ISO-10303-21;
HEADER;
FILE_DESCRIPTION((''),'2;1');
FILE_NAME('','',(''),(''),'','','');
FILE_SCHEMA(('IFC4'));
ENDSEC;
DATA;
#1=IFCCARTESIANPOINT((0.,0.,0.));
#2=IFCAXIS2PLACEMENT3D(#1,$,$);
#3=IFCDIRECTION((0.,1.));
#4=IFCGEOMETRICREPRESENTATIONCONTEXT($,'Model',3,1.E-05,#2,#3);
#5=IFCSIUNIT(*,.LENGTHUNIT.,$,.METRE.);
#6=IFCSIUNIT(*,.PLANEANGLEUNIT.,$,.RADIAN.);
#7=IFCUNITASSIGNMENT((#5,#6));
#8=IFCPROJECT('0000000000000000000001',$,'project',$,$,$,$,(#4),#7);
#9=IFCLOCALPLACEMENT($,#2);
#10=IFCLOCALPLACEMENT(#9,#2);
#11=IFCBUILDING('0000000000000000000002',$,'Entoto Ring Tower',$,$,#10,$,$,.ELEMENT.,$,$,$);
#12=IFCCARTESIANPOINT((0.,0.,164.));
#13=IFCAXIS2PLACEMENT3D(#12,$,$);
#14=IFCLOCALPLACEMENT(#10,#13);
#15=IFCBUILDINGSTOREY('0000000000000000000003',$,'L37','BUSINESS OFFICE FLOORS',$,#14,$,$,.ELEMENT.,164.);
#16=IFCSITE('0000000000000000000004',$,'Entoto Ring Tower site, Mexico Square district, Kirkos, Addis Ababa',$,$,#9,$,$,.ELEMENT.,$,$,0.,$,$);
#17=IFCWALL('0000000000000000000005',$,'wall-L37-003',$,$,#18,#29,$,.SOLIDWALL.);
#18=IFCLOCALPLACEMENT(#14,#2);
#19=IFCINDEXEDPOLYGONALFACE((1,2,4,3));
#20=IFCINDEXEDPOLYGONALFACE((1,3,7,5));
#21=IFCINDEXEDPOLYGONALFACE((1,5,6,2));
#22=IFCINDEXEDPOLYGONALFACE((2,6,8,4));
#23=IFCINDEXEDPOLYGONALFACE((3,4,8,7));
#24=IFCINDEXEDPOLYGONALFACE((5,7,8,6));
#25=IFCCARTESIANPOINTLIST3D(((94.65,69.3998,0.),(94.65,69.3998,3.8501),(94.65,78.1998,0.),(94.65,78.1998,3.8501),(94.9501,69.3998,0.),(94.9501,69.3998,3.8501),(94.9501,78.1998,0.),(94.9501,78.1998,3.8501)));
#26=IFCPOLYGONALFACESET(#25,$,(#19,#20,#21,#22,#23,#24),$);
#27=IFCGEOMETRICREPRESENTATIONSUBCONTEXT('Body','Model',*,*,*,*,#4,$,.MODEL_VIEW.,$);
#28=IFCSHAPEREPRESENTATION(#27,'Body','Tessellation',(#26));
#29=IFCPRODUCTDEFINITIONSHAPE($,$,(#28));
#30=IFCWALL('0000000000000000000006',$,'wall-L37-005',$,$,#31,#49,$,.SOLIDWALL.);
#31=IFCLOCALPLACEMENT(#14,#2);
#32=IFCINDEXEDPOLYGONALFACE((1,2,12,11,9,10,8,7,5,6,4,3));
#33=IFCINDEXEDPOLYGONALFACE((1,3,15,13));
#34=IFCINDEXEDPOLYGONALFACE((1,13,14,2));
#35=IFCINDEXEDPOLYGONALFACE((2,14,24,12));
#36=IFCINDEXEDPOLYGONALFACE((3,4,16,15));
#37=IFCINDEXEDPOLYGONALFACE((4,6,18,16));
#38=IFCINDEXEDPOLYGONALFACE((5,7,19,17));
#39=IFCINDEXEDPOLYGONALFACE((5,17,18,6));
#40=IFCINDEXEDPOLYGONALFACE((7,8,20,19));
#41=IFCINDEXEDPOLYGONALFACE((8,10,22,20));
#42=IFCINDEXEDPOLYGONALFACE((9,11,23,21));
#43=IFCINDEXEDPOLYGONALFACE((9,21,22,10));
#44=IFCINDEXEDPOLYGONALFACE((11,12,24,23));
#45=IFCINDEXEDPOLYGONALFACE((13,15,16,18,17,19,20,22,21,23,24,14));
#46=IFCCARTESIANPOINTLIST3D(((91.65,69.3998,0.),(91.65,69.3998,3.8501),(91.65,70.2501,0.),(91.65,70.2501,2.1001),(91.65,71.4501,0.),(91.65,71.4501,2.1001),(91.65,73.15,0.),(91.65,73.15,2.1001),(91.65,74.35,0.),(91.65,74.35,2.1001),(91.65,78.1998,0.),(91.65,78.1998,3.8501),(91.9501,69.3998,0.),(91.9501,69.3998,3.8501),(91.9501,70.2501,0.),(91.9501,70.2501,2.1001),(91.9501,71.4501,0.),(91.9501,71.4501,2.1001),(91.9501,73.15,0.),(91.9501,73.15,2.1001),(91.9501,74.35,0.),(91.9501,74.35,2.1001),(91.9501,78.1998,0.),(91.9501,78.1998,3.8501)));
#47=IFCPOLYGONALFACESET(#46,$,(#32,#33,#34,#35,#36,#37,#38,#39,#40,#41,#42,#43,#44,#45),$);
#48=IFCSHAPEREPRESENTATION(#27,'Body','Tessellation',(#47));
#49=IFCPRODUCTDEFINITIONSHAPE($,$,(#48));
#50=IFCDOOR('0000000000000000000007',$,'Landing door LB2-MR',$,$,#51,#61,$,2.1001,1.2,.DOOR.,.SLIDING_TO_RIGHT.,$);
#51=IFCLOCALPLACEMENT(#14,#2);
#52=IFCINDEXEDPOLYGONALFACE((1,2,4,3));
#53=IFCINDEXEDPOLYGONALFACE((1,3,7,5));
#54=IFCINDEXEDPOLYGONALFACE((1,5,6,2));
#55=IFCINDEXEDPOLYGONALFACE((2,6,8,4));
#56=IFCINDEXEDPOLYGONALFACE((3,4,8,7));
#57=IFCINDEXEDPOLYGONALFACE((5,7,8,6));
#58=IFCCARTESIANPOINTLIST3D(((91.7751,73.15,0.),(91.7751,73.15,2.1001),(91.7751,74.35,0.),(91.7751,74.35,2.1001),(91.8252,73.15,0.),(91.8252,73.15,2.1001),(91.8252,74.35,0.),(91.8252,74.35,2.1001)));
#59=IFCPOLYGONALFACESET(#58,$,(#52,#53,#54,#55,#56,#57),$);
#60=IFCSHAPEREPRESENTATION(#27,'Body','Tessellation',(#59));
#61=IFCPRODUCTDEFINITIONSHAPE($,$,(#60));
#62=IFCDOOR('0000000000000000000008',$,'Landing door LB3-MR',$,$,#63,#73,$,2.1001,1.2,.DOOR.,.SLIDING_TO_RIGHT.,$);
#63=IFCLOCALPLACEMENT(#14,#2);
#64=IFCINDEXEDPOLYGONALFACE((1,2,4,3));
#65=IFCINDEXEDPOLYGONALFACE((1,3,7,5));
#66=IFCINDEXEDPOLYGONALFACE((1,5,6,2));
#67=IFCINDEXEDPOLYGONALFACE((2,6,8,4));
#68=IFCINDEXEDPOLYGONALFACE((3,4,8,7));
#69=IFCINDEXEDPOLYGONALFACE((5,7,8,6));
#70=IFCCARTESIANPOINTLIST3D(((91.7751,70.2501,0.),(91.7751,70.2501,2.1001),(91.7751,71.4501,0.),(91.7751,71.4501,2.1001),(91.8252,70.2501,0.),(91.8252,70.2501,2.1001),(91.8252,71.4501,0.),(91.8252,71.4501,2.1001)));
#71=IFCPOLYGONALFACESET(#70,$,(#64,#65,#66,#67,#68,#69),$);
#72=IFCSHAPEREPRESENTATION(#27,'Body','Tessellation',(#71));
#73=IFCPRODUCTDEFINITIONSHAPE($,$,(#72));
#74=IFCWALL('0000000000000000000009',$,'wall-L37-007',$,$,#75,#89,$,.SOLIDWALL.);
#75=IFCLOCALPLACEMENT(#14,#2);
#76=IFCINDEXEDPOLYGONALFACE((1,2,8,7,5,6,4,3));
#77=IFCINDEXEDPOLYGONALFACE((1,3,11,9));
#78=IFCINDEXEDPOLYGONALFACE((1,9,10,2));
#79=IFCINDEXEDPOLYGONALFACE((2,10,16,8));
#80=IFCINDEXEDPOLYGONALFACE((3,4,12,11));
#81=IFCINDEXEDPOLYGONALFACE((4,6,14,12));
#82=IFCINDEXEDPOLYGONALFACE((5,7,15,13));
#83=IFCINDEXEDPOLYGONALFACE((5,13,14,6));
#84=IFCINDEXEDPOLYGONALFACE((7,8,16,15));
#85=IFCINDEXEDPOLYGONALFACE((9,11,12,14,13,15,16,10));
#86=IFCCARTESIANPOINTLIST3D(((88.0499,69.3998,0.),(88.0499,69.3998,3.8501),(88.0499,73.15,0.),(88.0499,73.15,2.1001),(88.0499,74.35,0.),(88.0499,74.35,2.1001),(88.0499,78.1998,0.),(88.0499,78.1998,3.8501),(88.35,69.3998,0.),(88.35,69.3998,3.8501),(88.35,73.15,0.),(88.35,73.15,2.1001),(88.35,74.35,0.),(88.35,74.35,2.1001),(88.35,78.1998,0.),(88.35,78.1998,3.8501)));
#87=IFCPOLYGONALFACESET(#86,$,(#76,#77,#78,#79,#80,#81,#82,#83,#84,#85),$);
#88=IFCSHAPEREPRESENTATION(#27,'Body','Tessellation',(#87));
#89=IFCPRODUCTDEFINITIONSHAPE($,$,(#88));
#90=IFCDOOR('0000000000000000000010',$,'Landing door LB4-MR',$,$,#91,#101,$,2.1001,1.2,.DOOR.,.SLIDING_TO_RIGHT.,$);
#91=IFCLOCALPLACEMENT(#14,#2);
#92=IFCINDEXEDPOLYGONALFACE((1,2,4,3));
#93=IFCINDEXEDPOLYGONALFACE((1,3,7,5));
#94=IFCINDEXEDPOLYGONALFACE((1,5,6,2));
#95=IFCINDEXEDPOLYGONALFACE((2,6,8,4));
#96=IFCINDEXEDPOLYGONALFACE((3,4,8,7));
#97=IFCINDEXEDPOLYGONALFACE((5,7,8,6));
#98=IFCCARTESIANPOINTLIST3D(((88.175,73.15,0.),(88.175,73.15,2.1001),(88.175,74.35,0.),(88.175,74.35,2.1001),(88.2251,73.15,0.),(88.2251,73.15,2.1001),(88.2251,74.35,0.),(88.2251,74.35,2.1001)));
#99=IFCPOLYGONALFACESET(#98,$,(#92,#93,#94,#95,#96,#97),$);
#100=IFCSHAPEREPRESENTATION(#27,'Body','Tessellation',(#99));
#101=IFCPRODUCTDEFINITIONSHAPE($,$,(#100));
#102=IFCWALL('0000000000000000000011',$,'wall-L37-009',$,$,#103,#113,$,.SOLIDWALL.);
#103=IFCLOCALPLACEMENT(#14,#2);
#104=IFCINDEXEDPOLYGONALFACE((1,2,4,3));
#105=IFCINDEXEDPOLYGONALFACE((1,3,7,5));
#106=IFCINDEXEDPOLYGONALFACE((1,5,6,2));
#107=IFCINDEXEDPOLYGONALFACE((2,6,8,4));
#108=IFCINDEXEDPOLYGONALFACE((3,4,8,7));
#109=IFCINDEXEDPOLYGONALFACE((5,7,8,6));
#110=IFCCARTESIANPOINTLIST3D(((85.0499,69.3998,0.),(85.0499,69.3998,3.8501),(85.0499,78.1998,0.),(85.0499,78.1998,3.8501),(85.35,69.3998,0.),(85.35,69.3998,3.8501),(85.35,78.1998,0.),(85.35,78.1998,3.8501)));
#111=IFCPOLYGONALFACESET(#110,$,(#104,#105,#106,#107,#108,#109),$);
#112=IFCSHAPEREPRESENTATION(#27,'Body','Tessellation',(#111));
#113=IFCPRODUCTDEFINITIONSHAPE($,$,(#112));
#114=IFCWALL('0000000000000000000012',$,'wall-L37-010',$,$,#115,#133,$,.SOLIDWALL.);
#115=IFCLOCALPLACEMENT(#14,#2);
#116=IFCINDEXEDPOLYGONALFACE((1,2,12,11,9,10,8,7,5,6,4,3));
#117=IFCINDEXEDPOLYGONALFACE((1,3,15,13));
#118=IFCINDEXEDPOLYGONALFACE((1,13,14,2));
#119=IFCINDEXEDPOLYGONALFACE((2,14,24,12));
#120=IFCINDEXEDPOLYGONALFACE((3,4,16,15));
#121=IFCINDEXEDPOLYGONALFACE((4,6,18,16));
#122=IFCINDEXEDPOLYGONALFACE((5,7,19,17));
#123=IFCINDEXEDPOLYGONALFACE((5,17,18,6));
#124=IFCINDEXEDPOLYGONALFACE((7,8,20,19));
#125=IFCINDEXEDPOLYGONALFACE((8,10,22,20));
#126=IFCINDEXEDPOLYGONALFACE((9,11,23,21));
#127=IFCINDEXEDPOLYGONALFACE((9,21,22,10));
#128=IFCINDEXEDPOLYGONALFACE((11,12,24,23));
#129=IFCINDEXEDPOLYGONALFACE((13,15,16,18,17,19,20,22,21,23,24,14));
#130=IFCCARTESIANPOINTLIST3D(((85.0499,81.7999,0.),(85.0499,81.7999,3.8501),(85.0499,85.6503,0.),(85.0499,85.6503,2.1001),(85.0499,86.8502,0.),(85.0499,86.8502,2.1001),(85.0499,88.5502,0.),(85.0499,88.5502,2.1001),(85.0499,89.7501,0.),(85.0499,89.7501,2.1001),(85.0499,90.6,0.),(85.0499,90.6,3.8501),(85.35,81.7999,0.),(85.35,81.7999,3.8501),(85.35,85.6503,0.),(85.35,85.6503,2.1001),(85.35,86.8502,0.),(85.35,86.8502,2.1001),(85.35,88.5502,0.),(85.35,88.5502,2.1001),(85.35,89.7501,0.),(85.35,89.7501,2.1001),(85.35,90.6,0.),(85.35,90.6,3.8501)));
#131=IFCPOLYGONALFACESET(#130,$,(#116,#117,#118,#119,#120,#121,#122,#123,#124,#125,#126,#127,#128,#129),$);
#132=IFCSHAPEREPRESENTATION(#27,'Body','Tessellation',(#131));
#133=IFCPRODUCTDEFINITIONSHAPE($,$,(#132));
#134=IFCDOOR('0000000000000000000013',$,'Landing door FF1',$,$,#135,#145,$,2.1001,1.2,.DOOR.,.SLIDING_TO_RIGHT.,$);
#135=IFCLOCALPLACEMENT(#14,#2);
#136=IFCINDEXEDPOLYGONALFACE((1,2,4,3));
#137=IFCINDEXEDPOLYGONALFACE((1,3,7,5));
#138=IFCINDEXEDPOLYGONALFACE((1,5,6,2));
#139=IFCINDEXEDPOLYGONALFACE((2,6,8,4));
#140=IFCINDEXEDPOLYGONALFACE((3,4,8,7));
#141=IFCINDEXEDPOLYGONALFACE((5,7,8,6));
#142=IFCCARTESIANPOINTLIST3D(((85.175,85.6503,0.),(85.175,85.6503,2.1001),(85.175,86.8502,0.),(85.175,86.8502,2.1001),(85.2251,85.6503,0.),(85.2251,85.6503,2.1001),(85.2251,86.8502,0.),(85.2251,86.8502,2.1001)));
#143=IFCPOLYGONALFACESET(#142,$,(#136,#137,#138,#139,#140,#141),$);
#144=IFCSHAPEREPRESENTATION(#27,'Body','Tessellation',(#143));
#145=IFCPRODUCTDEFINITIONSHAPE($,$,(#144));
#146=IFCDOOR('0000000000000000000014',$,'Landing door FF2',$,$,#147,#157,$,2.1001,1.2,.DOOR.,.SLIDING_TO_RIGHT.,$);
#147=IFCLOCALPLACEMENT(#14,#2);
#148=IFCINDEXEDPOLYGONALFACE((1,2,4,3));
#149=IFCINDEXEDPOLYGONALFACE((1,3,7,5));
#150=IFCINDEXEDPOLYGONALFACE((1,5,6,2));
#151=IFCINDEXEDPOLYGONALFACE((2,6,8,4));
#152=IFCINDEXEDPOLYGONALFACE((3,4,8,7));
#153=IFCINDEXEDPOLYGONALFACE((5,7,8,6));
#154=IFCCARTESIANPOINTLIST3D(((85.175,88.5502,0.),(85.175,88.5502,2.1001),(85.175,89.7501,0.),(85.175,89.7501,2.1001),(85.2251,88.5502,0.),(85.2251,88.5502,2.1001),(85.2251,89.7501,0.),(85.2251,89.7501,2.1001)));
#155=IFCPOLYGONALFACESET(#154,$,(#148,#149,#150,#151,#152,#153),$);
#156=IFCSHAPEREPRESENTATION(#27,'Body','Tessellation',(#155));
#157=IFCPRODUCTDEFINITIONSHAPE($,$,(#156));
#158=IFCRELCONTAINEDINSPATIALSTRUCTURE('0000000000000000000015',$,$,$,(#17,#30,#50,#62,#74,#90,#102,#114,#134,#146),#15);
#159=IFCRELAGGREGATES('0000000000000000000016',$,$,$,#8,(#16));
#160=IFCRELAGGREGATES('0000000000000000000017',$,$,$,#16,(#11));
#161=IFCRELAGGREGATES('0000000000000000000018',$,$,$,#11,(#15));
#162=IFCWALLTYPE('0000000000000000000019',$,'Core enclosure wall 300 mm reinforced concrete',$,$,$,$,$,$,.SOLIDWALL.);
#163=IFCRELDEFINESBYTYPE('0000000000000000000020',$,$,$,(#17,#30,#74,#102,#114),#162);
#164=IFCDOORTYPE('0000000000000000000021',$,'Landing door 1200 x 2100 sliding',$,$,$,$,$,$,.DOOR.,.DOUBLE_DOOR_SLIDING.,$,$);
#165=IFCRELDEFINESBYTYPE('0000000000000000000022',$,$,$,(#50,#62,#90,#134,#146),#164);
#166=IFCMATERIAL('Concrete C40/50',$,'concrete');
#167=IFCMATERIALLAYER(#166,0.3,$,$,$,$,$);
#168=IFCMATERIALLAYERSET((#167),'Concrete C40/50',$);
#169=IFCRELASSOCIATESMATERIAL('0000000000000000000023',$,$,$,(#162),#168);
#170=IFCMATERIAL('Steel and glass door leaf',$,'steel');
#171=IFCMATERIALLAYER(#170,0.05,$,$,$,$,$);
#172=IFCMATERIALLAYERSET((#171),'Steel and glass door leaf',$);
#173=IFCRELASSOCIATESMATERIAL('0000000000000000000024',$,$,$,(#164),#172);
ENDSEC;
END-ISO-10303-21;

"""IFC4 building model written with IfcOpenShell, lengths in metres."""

from ifc_helpers import new_model, si_unit, direction, frame, frame_2d, origin, place, context, subcontext, project, spatial, rectangle, extrude, material, layer, layer_set, type_object, element, fill, save


model = new_model("IFC4")

# Units and contexts
model_context = context("Model", 3, precision=1e-05, world=origin(), true_north=direction((0.0, 1.0)))
body_context = subcontext(model_context, "Body", "Model", "MODEL_VIEW")
ifc_project = project(units=[si_unit("LENGTHUNIT", "METRE"), si_unit("PLANEANGLEUNIT", "RADIAN")], contexts=[model_context])

# Site, building, storey
site_placement = place(None, origin())
site = spatial("IfcSite", under=ifc_project, at=site_placement, Name="Entoto Ring Tower site, Mexico Square district, Kirkos, Addis Ababa", CompositionType="ELEMENT", RefElevation=0.0)
building_placement = place(site_placement, origin())
building = spatial("IfcBuilding", under=site, at=building_placement, Name="Entoto Ring Tower", CompositionType="ELEMENT")
storey_placement = place(building_placement, frame((0.0, 0.0, 164.0)))
storey = spatial("IfcBuildingStorey", under=building, at=storey_placement, Name="L37", Description="BUSINESS OFFICE FLOORS", CompositionType="ELEMENT", Elevation=164.0)

# Wall
ifc_material_1 = material(Name="Concrete C40/50", Category="concrete")
ifc_layer_1 = layer(ifc_material_1, 0.3)
ifc_layer_set_1 = layer_set([ifc_layer_1], Name="Concrete C40/50")
wall_type_1 = type_object("IfcWallType", Name="Core enclosure wall 300 mm reinforced concrete", PredefinedType="SOLIDWALL", material=ifc_layer_set_1)
wall_1_placement = place(storey_placement, frame((94.8, 69.3999, 0.0), z_axis=(0.0, 0.0, 1.0), x_axis=(0.0, 1.0, 0.0)))
element("IfcWall", 1, at=wall_1_placement, inside=storey, type_object=wall_type_1, Name="wall-L37-003", PredefinedType="SOLIDWALL", context=body_context, shape_type="SweptSolid", body=[
    extrude(rectangle(XDim=8.8, YDim=0.3, at=frame_2d((4.3999, 0.0))), origin(), (0.0, 0.0, 1.0), 3.8501),
])

# Wall, openings, doors
wall_2_placement = place(storey_placement, frame((91.8, 69.3999, 0.0), z_axis=(0.0, 0.0, 1.0), x_axis=(0.0, 1.0, 0.0)))
wall_2 = element("IfcWall", 2, at=wall_2_placement, inside=storey, type_object=wall_type_1, Name="wall-L37-005", PredefinedType="SOLIDWALL", context=body_context, shape_type="SweptSolid", body=[
    extrude(rectangle(XDim=8.8, YDim=0.3, at=frame_2d((4.3999, 0.0))), origin(), (0.0, 0.0, 1.0), 3.8501),
])
opening_1_placement = place(wall_2_placement, frame((3.75, 0.0, 0.0)))
opening_1 = element("IfcOpeningElement", 3, at=opening_1_placement, cuts=wall_2, PredefinedType="OPENING", context=body_context, shape_type="SweptSolid", body=[
    extrude(rectangle(XDim=1.2, YDim=2.1001, at=frame_2d((0.6001, 1.05))), frame((0.0, 0.1602, 0.0), z_axis=(0.0, -1.0, 0.0), x_axis=(1.0, 0.0, 0.0)), (0.0, 0.0, 1.0), 0.3201),
])
opening_2_placement = place(wall_2_placement, frame((0.8501, 0.0, 0.0)))
opening_2 = element("IfcOpeningElement", 4, at=opening_2_placement, cuts=wall_2, PredefinedType="OPENING", context=body_context, shape_type="SweptSolid", body=[
    extrude(rectangle(XDim=1.2, YDim=2.1001, at=frame_2d((0.6001, 1.05))), frame((0.0, 0.1602, 0.0), z_axis=(0.0, -1.0, 0.0), x_axis=(1.0, 0.0, 0.0)), (0.0, 0.0, 1.0), 0.3201),
])
ifc_material_2 = material(Name="Steel and glass door leaf", Category="steel")
ifc_layer_2 = layer(ifc_material_2, 0.05)
ifc_layer_set_2 = layer_set([ifc_layer_2], Name="Steel and glass door leaf")
door_type_1 = type_object("IfcDoorType", Name="Landing door 1200 x 2100 sliding", OperationType="DOUBLE_DOOR_SLIDING", PredefinedType="DOOR", material=ifc_layer_set_2)
door_1_placement = place(opening_1_placement, origin())
door_1 = element("IfcDoor", 5, at=door_1_placement, inside=storey, type_object=door_type_1, Name="Landing door LB2-MR", OperationType="SLIDING_TO_RIGHT", OverallHeight=2.1001, OverallWidth=1.2, PredefinedType="DOOR", context=body_context, shape_type="SweptSolid", body=[
    extrude(rectangle(XDim=1.2, YDim=2.1001, at=frame_2d((0.6001, 1.05))), frame((0.0, 0.0249, 0.0), z_axis=(0.0, -1.0, 0.0), x_axis=(1.0, 0.0, 0.0)), (0.0, 0.0, 1.0), 0.05),
])
fill(opening_1, door_1)
door_2_placement = place(opening_2_placement, origin())
door_2 = element("IfcDoor", 6, at=door_2_placement, inside=storey, type_object=door_type_1, Name="Landing door LB3-MR", OperationType="SLIDING_TO_RIGHT", OverallHeight=2.1001, OverallWidth=1.2, PredefinedType="DOOR", context=body_context, shape_type="SweptSolid", body=[
    extrude(rectangle(XDim=1.2, YDim=2.1001, at=frame_2d((0.6001, 1.05))), frame((0.0, 0.0249, 0.0), z_axis=(0.0, -1.0, 0.0), x_axis=(1.0, 0.0, 0.0)), (0.0, 0.0, 1.0), 0.05),
])
fill(opening_2, door_2)

# Wall, opening, door
wall_3_placement = place(storey_placement, frame((88.2, 69.3999, 0.0), z_axis=(0.0, 0.0, 1.0), x_axis=(0.0, 1.0, 0.0)))
wall_3 = element("IfcWall", 7, at=wall_3_placement, inside=storey, type_object=wall_type_1, Name="wall-L37-007", PredefinedType="SOLIDWALL", context=body_context, shape_type="SweptSolid", body=[
    extrude(rectangle(XDim=8.8, YDim=0.3, at=frame_2d((4.3999, 0.0))), origin(), (0.0, 0.0, 1.0), 3.8501),
])
opening_3_placement = place(wall_3_placement, frame((3.75, 0.0, 0.0)))
opening_3 = element("IfcOpeningElement", 8, at=opening_3_placement, cuts=wall_3, PredefinedType="OPENING", context=body_context, shape_type="SweptSolid", body=[
    extrude(rectangle(XDim=1.2, YDim=2.1001, at=frame_2d((0.6001, 1.05))), frame((0.0, 0.1602, 0.0), z_axis=(0.0, -1.0, 0.0), x_axis=(1.0, 0.0, 0.0)), (0.0, 0.0, 1.0), 0.3201),
])
door_3_placement = place(opening_3_placement, origin())
door_3 = element("IfcDoor", 9, at=door_3_placement, inside=storey, type_object=door_type_1, Name="Landing door LB4-MR", OperationType="SLIDING_TO_RIGHT", OverallHeight=2.1001, OverallWidth=1.2, PredefinedType="DOOR", context=body_context, shape_type="SweptSolid", body=[
    extrude(rectangle(XDim=1.2, YDim=2.1001, at=frame_2d((0.6001, 1.05))), frame((0.0, 0.0249, 0.0), z_axis=(0.0, -1.0, 0.0), x_axis=(1.0, 0.0, 0.0)), (0.0, 0.0, 1.0), 0.05),
])
fill(opening_3, door_3)

# Wall
wall_4_placement = place(storey_placement, frame((85.2, 69.3999, 0.0), z_axis=(0.0, 0.0, 1.0), x_axis=(0.0, 1.0, 0.0)))
element("IfcWall", 10, at=wall_4_placement, inside=storey, type_object=wall_type_1, Name="wall-L37-009", PredefinedType="SOLIDWALL", context=body_context, shape_type="SweptSolid", body=[
    extrude(rectangle(XDim=8.8, YDim=0.3, at=frame_2d((4.3999, 0.0))), origin(), (0.0, 0.0, 1.0), 3.8501),
])

# Wall, openings, doors
wall_5_placement = place(storey_placement, frame((85.2, 81.8, 0.0), z_axis=(0.0, 0.0, 1.0), x_axis=(0.0, 1.0, 0.0)))
wall_5 = element("IfcWall", 11, at=wall_5_placement, inside=storey, type_object=wall_type_1, Name="wall-L37-010", PredefinedType="SOLIDWALL", context=body_context, shape_type="SweptSolid", body=[
    extrude(rectangle(XDim=8.8, YDim=0.3, at=frame_2d((4.3999, 0.0))), origin(), (0.0, 0.0, 1.0), 3.8501),
])
opening_4_placement = place(wall_5_placement, frame((3.8501, 0.0, 0.0)))
opening_4 = element("IfcOpeningElement", 12, at=opening_4_placement, cuts=wall_5, PredefinedType="OPENING", context=body_context, shape_type="SweptSolid", body=[
    extrude(rectangle(XDim=1.2, YDim=2.1001, at=frame_2d((0.6001, 1.05))), frame((0.0, 0.1602, 0.0), z_axis=(0.0, -1.0, 0.0), x_axis=(1.0, 0.0, 0.0)), (0.0, 0.0, 1.0), 0.3201),
])
opening_5_placement = place(wall_5_placement, frame((6.75, 0.0, 0.0)))
opening_5 = element("IfcOpeningElement", 13, at=opening_5_placement, cuts=wall_5, PredefinedType="OPENING", context=body_context, shape_type="SweptSolid", body=[
    extrude(rectangle(XDim=1.2, YDim=2.1001, at=frame_2d((0.6001, 1.05))), frame((0.0, 0.1602, 0.0), z_axis=(0.0, -1.0, 0.0), x_axis=(1.0, 0.0, 0.0)), (0.0, 0.0, 1.0), 0.3201),
])
door_4_placement = place(opening_4_placement, origin())
door_4 = element("IfcDoor", 14, at=door_4_placement, inside=storey, type_object=door_type_1, Name="Landing door FF1", OperationType="SLIDING_TO_RIGHT", OverallHeight=2.1001, OverallWidth=1.2, PredefinedType="DOOR", context=body_context, shape_type="SweptSolid", body=[
    extrude(rectangle(XDim=1.2, YDim=2.1001, at=frame_2d((0.6001, 1.05))), frame((0.0, 0.0249, 0.0), z_axis=(0.0, -1.0, 0.0), x_axis=(1.0, 0.0, 0.0)), (0.0, 0.0, 1.0), 0.05),
])
fill(opening_4, door_4)
door_5_placement = place(opening_5_placement, origin())
door_5 = element("IfcDoor", 15, at=door_5_placement, inside=storey, type_object=door_type_1, Name="Landing door FF2", OperationType="SLIDING_TO_RIGHT", OverallHeight=2.1001, OverallWidth=1.2, PredefinedType="DOOR", context=body_context, shape_type="SweptSolid", body=[
    extrude(rectangle(XDim=1.2, YDim=2.1001, at=frame_2d((0.6001, 1.05))), frame((0.0, 0.0249, 0.0), z_axis=(0.0, -1.0, 0.0), x_axis=(1.0, 0.0, 0.0)), (0.0, 0.0, 1.0), 0.05),
])
fill(opening_5, door_5)

save(model, "model.ifc")
